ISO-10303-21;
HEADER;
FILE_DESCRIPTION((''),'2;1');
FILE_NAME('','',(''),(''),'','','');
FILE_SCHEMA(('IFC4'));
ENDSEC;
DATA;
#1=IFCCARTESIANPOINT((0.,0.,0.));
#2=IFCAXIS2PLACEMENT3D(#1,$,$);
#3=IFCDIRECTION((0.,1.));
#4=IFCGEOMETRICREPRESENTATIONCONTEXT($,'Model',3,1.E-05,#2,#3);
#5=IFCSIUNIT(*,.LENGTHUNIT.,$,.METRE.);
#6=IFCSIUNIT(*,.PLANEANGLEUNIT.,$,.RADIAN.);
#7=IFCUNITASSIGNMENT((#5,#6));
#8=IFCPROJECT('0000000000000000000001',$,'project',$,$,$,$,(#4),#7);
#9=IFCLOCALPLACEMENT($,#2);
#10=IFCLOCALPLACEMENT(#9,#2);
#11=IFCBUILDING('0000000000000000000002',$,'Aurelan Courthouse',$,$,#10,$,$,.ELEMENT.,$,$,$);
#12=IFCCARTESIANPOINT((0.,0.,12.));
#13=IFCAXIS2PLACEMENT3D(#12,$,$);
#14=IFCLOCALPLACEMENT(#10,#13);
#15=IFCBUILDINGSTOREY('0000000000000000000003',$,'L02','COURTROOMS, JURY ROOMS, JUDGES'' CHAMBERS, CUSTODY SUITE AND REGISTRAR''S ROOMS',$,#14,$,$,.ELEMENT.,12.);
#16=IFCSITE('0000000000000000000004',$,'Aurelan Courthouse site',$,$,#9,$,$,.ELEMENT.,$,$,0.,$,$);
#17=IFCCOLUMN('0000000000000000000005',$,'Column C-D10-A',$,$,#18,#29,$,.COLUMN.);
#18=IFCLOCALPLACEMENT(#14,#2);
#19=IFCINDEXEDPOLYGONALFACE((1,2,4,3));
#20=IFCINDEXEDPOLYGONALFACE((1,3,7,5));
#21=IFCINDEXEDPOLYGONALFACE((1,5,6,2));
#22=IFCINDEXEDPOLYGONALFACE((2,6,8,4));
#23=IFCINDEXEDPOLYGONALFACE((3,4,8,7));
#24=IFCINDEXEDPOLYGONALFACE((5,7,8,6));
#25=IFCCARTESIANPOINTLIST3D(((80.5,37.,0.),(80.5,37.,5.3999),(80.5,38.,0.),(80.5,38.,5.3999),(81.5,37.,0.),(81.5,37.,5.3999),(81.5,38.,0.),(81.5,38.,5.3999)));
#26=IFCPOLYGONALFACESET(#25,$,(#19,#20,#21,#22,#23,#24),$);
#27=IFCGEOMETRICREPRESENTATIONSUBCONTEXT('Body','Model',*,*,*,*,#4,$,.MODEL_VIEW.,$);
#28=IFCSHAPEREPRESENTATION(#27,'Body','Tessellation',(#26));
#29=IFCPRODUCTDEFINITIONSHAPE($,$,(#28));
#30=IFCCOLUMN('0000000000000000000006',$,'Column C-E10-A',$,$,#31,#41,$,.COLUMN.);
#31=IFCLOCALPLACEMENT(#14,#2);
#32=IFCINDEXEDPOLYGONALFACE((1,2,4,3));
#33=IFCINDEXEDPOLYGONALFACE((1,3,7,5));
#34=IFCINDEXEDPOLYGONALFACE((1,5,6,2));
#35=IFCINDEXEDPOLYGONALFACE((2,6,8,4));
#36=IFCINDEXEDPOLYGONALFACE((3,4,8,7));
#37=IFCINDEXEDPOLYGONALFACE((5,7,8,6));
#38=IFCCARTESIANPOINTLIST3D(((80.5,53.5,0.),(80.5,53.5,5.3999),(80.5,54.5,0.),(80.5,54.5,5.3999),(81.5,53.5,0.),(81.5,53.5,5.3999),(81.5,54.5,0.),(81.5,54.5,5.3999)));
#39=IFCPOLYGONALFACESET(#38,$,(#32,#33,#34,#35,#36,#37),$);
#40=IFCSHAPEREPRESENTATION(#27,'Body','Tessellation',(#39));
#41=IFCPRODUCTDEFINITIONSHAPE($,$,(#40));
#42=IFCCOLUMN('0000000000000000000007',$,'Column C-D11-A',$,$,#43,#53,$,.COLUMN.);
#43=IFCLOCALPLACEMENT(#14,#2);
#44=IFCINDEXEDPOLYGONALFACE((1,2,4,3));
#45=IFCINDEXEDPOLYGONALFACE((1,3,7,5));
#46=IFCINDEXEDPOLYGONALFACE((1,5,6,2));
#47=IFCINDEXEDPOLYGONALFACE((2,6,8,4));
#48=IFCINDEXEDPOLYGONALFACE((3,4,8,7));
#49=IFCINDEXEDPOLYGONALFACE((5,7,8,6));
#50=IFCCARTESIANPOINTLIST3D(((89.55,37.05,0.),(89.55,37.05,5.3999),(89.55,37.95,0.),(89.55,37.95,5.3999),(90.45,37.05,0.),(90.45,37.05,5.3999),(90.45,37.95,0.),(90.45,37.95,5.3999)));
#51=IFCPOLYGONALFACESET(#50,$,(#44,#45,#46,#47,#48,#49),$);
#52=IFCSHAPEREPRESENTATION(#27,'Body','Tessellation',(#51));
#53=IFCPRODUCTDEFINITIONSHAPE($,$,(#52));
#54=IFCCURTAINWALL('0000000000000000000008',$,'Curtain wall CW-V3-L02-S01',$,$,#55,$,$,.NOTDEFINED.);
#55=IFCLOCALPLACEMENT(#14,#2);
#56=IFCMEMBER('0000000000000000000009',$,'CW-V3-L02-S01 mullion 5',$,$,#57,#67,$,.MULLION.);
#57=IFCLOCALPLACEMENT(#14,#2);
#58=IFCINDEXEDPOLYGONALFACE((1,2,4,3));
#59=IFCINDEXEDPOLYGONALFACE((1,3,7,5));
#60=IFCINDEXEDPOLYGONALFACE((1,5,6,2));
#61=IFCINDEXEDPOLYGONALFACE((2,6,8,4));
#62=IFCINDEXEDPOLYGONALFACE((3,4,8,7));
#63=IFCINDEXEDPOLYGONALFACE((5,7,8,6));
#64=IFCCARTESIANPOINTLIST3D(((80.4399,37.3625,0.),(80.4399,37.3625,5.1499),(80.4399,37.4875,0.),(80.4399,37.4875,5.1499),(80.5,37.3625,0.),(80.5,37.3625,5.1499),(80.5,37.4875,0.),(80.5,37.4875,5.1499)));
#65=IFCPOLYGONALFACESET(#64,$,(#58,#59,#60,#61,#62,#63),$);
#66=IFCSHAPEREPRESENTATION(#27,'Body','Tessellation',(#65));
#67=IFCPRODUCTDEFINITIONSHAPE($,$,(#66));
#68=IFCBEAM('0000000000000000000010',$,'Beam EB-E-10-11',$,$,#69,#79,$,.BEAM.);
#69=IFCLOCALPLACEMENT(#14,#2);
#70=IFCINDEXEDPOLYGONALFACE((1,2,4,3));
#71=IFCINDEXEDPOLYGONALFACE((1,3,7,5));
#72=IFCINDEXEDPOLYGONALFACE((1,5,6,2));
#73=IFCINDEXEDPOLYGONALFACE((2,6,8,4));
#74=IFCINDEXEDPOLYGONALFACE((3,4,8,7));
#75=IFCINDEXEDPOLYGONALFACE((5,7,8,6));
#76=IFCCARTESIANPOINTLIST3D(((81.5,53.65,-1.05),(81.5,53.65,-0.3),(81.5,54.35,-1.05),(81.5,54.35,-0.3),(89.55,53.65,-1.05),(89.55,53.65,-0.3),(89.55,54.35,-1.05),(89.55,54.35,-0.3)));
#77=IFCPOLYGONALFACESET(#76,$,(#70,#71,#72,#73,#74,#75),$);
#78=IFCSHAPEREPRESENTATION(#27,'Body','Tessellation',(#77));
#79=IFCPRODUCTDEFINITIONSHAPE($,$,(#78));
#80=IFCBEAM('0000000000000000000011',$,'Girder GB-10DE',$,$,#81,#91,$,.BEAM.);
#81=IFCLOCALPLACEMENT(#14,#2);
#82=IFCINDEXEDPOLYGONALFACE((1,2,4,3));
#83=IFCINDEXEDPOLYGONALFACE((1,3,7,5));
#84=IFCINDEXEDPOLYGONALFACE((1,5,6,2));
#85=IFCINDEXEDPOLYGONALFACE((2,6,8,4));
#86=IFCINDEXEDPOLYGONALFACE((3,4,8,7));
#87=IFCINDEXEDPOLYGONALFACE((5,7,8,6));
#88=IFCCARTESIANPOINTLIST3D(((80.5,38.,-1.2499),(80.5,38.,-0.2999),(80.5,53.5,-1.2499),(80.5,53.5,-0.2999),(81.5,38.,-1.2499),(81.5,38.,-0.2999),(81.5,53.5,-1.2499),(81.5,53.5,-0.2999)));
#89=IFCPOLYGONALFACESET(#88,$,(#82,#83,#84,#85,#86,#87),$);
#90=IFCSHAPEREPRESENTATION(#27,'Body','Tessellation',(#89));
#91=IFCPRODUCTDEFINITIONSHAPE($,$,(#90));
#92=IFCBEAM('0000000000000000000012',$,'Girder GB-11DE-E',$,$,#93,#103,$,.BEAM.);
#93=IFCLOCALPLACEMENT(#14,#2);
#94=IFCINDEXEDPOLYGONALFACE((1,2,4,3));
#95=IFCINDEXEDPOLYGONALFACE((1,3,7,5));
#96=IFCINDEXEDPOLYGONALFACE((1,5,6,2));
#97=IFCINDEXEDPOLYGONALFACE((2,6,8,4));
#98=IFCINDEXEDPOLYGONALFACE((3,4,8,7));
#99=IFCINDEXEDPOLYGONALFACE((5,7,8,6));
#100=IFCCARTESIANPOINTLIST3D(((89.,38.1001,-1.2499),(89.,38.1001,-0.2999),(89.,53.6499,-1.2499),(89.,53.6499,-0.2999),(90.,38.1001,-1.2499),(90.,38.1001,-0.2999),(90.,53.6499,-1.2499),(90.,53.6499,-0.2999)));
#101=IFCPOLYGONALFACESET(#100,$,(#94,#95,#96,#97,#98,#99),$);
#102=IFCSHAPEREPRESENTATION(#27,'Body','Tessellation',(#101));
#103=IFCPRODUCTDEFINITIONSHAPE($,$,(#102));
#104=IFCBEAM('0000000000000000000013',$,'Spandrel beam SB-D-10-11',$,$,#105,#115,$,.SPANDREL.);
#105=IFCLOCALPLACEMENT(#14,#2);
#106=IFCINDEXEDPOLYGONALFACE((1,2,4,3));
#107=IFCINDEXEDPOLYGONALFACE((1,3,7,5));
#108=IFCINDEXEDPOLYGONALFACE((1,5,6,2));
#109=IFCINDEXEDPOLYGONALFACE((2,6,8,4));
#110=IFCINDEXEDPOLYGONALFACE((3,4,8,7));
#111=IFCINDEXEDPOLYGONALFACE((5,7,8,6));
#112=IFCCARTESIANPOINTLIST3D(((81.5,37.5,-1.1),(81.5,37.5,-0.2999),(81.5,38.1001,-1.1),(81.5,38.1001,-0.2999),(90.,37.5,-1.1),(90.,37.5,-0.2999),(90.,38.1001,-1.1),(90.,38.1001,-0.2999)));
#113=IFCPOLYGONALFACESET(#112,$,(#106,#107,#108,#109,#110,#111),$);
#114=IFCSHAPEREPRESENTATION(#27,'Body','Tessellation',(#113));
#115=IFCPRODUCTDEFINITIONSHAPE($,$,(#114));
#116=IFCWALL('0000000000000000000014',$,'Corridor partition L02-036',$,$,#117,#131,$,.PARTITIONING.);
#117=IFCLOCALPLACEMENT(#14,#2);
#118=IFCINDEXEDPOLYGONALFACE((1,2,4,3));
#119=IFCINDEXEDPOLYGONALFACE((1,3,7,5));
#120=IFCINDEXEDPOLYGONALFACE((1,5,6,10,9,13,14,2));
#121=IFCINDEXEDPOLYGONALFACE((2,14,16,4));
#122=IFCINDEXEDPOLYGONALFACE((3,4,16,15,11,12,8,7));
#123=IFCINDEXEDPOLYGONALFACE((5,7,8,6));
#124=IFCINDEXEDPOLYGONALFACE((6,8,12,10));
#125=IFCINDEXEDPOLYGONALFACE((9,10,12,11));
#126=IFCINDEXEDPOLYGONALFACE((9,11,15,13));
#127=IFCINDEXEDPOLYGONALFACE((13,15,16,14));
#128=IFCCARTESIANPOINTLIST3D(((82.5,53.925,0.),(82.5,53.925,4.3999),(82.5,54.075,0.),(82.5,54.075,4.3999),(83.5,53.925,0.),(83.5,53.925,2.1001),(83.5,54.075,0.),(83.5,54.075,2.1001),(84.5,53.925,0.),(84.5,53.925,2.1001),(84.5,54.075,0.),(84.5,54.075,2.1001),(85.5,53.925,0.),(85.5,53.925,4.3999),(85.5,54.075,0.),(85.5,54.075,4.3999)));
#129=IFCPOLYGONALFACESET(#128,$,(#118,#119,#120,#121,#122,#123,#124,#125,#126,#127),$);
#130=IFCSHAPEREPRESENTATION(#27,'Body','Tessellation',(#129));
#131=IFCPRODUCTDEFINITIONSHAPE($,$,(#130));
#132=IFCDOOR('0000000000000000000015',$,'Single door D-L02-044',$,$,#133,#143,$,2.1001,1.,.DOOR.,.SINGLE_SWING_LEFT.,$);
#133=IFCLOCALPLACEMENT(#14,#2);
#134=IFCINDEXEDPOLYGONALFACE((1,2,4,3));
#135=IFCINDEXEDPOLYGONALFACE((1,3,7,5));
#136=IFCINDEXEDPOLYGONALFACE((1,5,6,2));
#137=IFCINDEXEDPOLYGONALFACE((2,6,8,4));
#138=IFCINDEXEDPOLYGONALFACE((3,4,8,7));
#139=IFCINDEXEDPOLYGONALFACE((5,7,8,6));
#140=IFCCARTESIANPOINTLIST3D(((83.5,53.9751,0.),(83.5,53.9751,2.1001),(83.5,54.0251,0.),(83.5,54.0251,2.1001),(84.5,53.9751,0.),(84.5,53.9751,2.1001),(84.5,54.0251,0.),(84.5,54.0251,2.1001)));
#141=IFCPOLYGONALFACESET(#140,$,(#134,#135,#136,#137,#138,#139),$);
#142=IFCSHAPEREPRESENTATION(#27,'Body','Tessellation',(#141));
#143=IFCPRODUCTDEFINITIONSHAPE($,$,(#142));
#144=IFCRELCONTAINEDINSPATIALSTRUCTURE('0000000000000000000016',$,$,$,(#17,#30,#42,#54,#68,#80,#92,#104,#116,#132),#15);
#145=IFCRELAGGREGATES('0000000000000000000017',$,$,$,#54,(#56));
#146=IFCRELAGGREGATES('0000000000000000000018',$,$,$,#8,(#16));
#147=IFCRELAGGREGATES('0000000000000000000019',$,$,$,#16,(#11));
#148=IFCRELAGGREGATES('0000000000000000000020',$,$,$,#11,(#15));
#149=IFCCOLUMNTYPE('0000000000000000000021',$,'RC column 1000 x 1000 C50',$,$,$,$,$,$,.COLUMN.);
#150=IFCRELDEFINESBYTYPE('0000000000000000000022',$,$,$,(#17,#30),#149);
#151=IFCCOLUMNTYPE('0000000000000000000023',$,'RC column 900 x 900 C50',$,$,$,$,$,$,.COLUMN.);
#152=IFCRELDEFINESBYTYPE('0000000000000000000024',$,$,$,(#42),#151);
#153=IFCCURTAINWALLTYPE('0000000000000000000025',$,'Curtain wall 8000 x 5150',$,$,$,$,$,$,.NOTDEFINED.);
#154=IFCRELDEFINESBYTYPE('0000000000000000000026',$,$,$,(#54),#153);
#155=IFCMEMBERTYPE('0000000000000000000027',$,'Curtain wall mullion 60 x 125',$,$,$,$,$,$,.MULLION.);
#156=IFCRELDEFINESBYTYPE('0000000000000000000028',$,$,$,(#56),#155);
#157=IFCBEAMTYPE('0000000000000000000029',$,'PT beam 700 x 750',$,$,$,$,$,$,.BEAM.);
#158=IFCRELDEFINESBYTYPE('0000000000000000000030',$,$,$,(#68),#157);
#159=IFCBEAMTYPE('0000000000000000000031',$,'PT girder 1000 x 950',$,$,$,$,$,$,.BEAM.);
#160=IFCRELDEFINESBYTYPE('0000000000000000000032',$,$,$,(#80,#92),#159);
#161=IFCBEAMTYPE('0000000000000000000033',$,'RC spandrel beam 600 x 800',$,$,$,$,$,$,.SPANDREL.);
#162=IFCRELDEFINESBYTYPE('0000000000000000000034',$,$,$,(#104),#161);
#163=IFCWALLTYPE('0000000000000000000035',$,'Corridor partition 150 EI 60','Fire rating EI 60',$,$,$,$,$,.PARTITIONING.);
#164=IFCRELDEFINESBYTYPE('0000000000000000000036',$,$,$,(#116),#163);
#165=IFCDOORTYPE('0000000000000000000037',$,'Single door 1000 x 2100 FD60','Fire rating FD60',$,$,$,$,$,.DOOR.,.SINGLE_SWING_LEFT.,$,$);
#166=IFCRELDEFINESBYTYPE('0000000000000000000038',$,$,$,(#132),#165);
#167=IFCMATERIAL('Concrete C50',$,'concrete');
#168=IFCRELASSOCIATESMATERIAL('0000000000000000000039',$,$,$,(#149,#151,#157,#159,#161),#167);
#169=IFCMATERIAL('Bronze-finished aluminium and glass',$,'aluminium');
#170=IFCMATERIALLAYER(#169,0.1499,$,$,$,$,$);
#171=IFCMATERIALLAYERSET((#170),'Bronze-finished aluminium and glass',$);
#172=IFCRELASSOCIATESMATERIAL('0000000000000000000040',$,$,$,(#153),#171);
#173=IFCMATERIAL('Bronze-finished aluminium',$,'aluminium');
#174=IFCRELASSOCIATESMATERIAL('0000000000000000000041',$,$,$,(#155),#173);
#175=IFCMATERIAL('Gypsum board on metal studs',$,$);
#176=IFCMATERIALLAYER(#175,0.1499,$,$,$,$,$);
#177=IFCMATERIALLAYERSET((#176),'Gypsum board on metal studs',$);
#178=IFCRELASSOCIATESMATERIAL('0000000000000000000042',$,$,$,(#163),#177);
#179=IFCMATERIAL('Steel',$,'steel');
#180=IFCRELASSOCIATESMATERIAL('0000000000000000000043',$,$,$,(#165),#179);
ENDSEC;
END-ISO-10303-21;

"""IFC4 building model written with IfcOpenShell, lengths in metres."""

from ifc_helpers import new_model, si_unit, direction, frame, frame_2d, origin, origin_2d, place, context, subcontext, project, spatial, rectangle, extrude, material, layer, layer_set, material_profile, profile_set, type_object, element, fill, aggregate, save


model = new_model("IFC4")

# Units and contexts
model_context = context("Model", 3, precision=1e-05, world=origin(), true_north=direction((0.0, 1.0)))
body_context = subcontext(model_context, "Body", "Model", "MODEL_VIEW")
ifc_project = project(units=[si_unit("LENGTHUNIT", "METRE"), si_unit("PLANEANGLEUNIT", "RADIAN")], contexts=[model_context])

# Site, building, storey
site_placement = place(None, origin())
site = spatial("IfcSite", under=ifc_project, at=site_placement, Name="Aurelan Courthouse site", CompositionType="ELEMENT", RefElevation=0.0)
building_placement = place(site_placement, origin())
building = spatial("IfcBuilding", under=site, at=building_placement, Name="Aurelan Courthouse", CompositionType="ELEMENT")
storey_placement = place(building_placement, frame((0.0, 0.0, 12.0)))
storey = spatial("IfcBuildingStorey", under=building, at=storey_placement, Name="L02", Description="COURTROOMS, JURY ROOMS, JUDGES' CHAMBERS, CUSTODY SUITE AND REGISTRAR'S ROOMS", CompositionType="ELEMENT", Elevation=12.0)

# Columns
ifc_material_1 = material(Name="Concrete C50", Category="concrete")
ifc_material_profile_1 = material_profile(ifc_material_1, rectangle(XDim=1.0, YDim=1.0, at=origin_2d()), Name="RC 1000 x 1000")
ifc_profile_set_1 = profile_set([ifc_material_profile_1], Name="Concrete C50")
column_type_1 = type_object("IfcColumnType", Name="RC column 1000 x 1000 C50", PredefinedType="COLUMN", material=ifc_profile_set_1)
for number, where, z_axis, x_axis, name in (
    (1, (81.0, 37.5, 0.0), (0.0, 0.0, 1.0), (1.0, 0.0, 0.0), "Column C-D10-A"),
    (2, (81.0, 54.0, 0.0), (0.0, 0.0, 1.0), (1.0, 0.0, 0.0), "Column C-E10-A"),
):
    element("IfcColumn", number, at=place(storey_placement, frame(where, z_axis=z_axis, x_axis=x_axis)), inside=storey, type_object=column_type_1, Name=name, PredefinedType="COLUMN", context=body_context, shape_type="SweptSolid", body=[
        extrude(rectangle(XDim=1.0, YDim=1.0, at=origin_2d()), origin(), (0.0, 0.0, 1.0), 5.3999),
    ])
ifc_material_profile_2 = material_profile(ifc_material_1, rectangle(XDim=0.8999, YDim=0.8999, at=origin_2d()), Name="RC 900 x 900")
ifc_profile_set_2 = profile_set([ifc_material_profile_2], Name="Concrete C50")
column_type_2 = type_object("IfcColumnType", Name="RC column 900 x 900 C50", PredefinedType="COLUMN", material=ifc_profile_set_2)
column_placement = place(storey_placement, frame((90.0, 37.5, 0.0), z_axis=(0.0, 0.0, 1.0), x_axis=(1.0, 0.0, 0.0)))
element("IfcColumn", 3, at=column_placement, inside=storey, type_object=column_type_2, Name="Column C-D11-A", PredefinedType="COLUMN", context=body_context, shape_type="SweptSolid", body=[
    extrude(rectangle(XDim=0.8999, YDim=0.8999, at=origin_2d()), origin(), (0.0, 0.0, 1.0), 5.3999),
])

# Curtain wall, member
ifc_material_2 = material(Name="Bronze-finished aluminium and glass", Category="aluminium")
ifc_layer_1 = layer(ifc_material_2, 0.1499)
ifc_layer_set_1 = layer_set([ifc_layer_1], Name="Bronze-finished aluminium and glass")
curtain_wall_type = type_object("IfcCurtainWallType", Name="Curtain wall 8000 x 5150", PredefinedType="NOTDEFINED", material=ifc_layer_set_1)
curtain_wall_placement = place(storey_placement, origin())
curtain_wall = element("IfcCurtainWall", 4, at=curtain_wall_placement, inside=storey, type_object=curtain_wall_type, Name="Curtain wall CW-V3-L02-S01", PredefinedType="NOTDEFINED")
ifc_material_3 = material(Name="Bronze-finished aluminium", Category="aluminium")
ifc_material_profile_3 = material_profile(ifc_material_3, rectangle(XDim=0.125, YDim=0.0601, at=origin_2d()), Name="Bronze mullion 60 x 125")
ifc_profile_set_3 = profile_set([ifc_material_profile_3], Name="Bronze-finished aluminium")
member_type = type_object("IfcMemberType", Name="Curtain wall mullion 60 x 125", PredefinedType="MULLION", material=ifc_profile_set_3)
member_placement = place(storey_placement, frame((80.47, 37.425, 0.0), z_axis=(0.0, 0.0, 1.0), x_axis=(0.0, 1.0, 0.0)))
member = element("IfcMember", 5, at=member_placement, type_object=member_type, Name="CW-V3-L02-S01 mullion 5", PredefinedType="MULLION", context=body_context, shape_type="SweptSolid", body=[
    extrude(rectangle(XDim=0.125, YDim=0.0601, at=origin_2d()), origin(), (0.0, 0.0, 1.0), 5.1499),
])
aggregate(curtain_wall, [member])

# Beams
ifc_material_profile_4 = material_profile(ifc_material_1, rectangle(XDim=0.7, YDim=0.75, at=origin_2d()), Name="RC 700 x 750")
ifc_profile_set_4 = profile_set([ifc_material_profile_4], Name="Concrete C50")
beam_type_1 = type_object("IfcBeamType", Name="PT beam 700 x 750", PredefinedType="BEAM", material=ifc_profile_set_4)
beam_1_placement = place(storey_placement, frame((81.5, 54.0, -0.675), z_axis=(1.0, 0.0, 0.0), x_axis=(0.0, 1.0, 0.0)))
element("IfcBeam", 6, at=beam_1_placement, inside=storey, type_object=beam_type_1, Name="Beam EB-E-10-11", PredefinedType="BEAM", context=body_context, shape_type="SweptSolid", body=[
    extrude(rectangle(XDim=0.7, YDim=0.75, at=origin_2d()), origin(), (0.0, 0.0, 1.0), 8.05),
])
ifc_material_profile_5 = material_profile(ifc_material_1, rectangle(XDim=1.0, YDim=0.95, at=origin_2d()), Name="RC 1000 x 950")
ifc_profile_set_5 = profile_set([ifc_material_profile_5], Name="Concrete C50")
beam_type_2 = type_object("IfcBeamType", Name="PT girder 1000 x 950", PredefinedType="BEAM", material=ifc_profile_set_5)
beam_2_placement = place(storey_placement, frame((81.0, 38.0, -0.7749), z_axis=(0.0, 1.0, 0.0), x_axis=(-1.0, 0.0, 0.0)))
element("IfcBeam", 7, at=beam_2_placement, inside=storey, type_object=beam_type_2, Name="Girder GB-10DE", PredefinedType="BEAM", context=body_context, shape_type="SweptSolid", body=[
    extrude(rectangle(XDim=1.0, YDim=0.95, at=origin_2d()), origin(), (0.0, 0.0, 1.0), 15.5),
])
beam_3_placement = place(storey_placement, frame((89.5, 38.1001, -0.7749), z_axis=(0.0, 1.0, 0.0), x_axis=(-1.0, 0.0, 0.0)))
element("IfcBeam", 8, at=beam_3_placement, inside=storey, type_object=beam_type_2, Name="Girder GB-11DE-E", PredefinedType="BEAM", context=body_context, shape_type="SweptSolid", body=[
    extrude(rectangle(XDim=1.0, YDim=0.95, at=origin_2d()), origin(), (0.0, 0.0, 1.0), 15.5498),
])
ifc_material_profile_6 = material_profile(ifc_material_1, rectangle(XDim=0.6001, YDim=0.8, at=origin_2d()), Name="RC 600 x 800")
ifc_profile_set_6 = profile_set([ifc_material_profile_6], Name="Concrete C50")
beam_type_3 = type_object("IfcBeamType", Name="RC spandrel beam 600 x 800", PredefinedType="SPANDREL", material=ifc_profile_set_6)
beam_4_placement = place(storey_placement, frame((81.5, 37.8, -0.7), z_axis=(1.0, 0.0, 0.0), x_axis=(0.0, 1.0, 0.0)))
element("IfcBeam", 9, at=beam_4_placement, inside=storey, type_object=beam_type_3, Name="Spandrel beam SB-D-10-11", PredefinedType="SPANDREL", context=body_context, shape_type="SweptSolid", body=[
    extrude(rectangle(XDim=0.6001, YDim=0.8, at=origin_2d()), origin(), (0.0, 0.0, 1.0), 8.5),
])

# Wall, opening, door
ifc_material_4 = material(Name="Gypsum board on metal studs")
ifc_layer_2 = layer(ifc_material_4, 0.1499)
ifc_layer_set_2 = layer_set([ifc_layer_2], Name="Gypsum board on metal studs")
wall_type_1 = type_object("IfcWallType", Name="Corridor partition 150 EI 60", Description="Fire rating EI 60", PredefinedType="PARTITIONING", material=ifc_layer_set_2)
wall_1_placement = place(storey_placement, frame((82.5, 54.0, 0.0), z_axis=(0.0, 0.0, 1.0), x_axis=(1.0, 0.0, 0.0)))
wall_1 = element("IfcWall", 10, at=wall_1_placement, inside=storey, type_object=wall_type_1, Name="Corridor partition L02-036", PredefinedType="PARTITIONING", context=body_context, shape_type="SweptSolid", body=[
    extrude(rectangle(XDim=3.0, YDim=0.1499, at=frame_2d((1.5, 0.0))), origin(), (0.0, 0.0, 1.0), 4.3999),
])
opening_1_placement = place(wall_1_placement, frame((2.0, 0.0, 0.0), z_axis=(0.0, 0.0, 1.0), x_axis=(-1.0, 0.0, 0.0)))
opening_1 = element("IfcOpeningElement", 11, at=opening_1_placement, cuts=wall_1, PredefinedType="OPENING", context=body_context, shape_type="SweptSolid", body=[
    extrude(rectangle(XDim=1.0, YDim=2.1001, at=frame_2d((0.5, 1.05))), frame((0.0, 0.085, 0.0), z_axis=(0.0, -1.0, 0.0), x_axis=(1.0, 0.0, 0.0)), (0.0, 0.0, 1.0), 0.1699),
])
ifc_material_5 = material(Name="Steel", Category="steel")
door_type_1 = type_object("IfcDoorType", Name="Single door 1000 x 2100 FD60", Description="Fire rating FD60", OperationType="SINGLE_SWING_LEFT", PredefinedType="DOOR", material=ifc_material_5)
door_1_placement = place(opening_1_placement, origin())
door_1 = element("IfcDoor", 12, at=door_1_placement, inside=storey, type_object=door_type_1, Name="Single door D-L02-044", OperationType="SINGLE_SWING_LEFT", OverallHeight=2.1001, OverallWidth=1.0, PredefinedType="DOOR", context=body_context, shape_type="SweptSolid", body=[
    extrude(rectangle(XDim=1.0, YDim=2.1001, at=frame_2d((0.5, 1.05))), frame((0.0, 0.0249, 0.0), z_axis=(0.0, -1.0, 0.0), x_axis=(1.0, 0.0, 0.0)), (0.0, 0.0, 1.0), 0.05),
])
fill(opening_1, door_1)

save(model, "model.ifc")
